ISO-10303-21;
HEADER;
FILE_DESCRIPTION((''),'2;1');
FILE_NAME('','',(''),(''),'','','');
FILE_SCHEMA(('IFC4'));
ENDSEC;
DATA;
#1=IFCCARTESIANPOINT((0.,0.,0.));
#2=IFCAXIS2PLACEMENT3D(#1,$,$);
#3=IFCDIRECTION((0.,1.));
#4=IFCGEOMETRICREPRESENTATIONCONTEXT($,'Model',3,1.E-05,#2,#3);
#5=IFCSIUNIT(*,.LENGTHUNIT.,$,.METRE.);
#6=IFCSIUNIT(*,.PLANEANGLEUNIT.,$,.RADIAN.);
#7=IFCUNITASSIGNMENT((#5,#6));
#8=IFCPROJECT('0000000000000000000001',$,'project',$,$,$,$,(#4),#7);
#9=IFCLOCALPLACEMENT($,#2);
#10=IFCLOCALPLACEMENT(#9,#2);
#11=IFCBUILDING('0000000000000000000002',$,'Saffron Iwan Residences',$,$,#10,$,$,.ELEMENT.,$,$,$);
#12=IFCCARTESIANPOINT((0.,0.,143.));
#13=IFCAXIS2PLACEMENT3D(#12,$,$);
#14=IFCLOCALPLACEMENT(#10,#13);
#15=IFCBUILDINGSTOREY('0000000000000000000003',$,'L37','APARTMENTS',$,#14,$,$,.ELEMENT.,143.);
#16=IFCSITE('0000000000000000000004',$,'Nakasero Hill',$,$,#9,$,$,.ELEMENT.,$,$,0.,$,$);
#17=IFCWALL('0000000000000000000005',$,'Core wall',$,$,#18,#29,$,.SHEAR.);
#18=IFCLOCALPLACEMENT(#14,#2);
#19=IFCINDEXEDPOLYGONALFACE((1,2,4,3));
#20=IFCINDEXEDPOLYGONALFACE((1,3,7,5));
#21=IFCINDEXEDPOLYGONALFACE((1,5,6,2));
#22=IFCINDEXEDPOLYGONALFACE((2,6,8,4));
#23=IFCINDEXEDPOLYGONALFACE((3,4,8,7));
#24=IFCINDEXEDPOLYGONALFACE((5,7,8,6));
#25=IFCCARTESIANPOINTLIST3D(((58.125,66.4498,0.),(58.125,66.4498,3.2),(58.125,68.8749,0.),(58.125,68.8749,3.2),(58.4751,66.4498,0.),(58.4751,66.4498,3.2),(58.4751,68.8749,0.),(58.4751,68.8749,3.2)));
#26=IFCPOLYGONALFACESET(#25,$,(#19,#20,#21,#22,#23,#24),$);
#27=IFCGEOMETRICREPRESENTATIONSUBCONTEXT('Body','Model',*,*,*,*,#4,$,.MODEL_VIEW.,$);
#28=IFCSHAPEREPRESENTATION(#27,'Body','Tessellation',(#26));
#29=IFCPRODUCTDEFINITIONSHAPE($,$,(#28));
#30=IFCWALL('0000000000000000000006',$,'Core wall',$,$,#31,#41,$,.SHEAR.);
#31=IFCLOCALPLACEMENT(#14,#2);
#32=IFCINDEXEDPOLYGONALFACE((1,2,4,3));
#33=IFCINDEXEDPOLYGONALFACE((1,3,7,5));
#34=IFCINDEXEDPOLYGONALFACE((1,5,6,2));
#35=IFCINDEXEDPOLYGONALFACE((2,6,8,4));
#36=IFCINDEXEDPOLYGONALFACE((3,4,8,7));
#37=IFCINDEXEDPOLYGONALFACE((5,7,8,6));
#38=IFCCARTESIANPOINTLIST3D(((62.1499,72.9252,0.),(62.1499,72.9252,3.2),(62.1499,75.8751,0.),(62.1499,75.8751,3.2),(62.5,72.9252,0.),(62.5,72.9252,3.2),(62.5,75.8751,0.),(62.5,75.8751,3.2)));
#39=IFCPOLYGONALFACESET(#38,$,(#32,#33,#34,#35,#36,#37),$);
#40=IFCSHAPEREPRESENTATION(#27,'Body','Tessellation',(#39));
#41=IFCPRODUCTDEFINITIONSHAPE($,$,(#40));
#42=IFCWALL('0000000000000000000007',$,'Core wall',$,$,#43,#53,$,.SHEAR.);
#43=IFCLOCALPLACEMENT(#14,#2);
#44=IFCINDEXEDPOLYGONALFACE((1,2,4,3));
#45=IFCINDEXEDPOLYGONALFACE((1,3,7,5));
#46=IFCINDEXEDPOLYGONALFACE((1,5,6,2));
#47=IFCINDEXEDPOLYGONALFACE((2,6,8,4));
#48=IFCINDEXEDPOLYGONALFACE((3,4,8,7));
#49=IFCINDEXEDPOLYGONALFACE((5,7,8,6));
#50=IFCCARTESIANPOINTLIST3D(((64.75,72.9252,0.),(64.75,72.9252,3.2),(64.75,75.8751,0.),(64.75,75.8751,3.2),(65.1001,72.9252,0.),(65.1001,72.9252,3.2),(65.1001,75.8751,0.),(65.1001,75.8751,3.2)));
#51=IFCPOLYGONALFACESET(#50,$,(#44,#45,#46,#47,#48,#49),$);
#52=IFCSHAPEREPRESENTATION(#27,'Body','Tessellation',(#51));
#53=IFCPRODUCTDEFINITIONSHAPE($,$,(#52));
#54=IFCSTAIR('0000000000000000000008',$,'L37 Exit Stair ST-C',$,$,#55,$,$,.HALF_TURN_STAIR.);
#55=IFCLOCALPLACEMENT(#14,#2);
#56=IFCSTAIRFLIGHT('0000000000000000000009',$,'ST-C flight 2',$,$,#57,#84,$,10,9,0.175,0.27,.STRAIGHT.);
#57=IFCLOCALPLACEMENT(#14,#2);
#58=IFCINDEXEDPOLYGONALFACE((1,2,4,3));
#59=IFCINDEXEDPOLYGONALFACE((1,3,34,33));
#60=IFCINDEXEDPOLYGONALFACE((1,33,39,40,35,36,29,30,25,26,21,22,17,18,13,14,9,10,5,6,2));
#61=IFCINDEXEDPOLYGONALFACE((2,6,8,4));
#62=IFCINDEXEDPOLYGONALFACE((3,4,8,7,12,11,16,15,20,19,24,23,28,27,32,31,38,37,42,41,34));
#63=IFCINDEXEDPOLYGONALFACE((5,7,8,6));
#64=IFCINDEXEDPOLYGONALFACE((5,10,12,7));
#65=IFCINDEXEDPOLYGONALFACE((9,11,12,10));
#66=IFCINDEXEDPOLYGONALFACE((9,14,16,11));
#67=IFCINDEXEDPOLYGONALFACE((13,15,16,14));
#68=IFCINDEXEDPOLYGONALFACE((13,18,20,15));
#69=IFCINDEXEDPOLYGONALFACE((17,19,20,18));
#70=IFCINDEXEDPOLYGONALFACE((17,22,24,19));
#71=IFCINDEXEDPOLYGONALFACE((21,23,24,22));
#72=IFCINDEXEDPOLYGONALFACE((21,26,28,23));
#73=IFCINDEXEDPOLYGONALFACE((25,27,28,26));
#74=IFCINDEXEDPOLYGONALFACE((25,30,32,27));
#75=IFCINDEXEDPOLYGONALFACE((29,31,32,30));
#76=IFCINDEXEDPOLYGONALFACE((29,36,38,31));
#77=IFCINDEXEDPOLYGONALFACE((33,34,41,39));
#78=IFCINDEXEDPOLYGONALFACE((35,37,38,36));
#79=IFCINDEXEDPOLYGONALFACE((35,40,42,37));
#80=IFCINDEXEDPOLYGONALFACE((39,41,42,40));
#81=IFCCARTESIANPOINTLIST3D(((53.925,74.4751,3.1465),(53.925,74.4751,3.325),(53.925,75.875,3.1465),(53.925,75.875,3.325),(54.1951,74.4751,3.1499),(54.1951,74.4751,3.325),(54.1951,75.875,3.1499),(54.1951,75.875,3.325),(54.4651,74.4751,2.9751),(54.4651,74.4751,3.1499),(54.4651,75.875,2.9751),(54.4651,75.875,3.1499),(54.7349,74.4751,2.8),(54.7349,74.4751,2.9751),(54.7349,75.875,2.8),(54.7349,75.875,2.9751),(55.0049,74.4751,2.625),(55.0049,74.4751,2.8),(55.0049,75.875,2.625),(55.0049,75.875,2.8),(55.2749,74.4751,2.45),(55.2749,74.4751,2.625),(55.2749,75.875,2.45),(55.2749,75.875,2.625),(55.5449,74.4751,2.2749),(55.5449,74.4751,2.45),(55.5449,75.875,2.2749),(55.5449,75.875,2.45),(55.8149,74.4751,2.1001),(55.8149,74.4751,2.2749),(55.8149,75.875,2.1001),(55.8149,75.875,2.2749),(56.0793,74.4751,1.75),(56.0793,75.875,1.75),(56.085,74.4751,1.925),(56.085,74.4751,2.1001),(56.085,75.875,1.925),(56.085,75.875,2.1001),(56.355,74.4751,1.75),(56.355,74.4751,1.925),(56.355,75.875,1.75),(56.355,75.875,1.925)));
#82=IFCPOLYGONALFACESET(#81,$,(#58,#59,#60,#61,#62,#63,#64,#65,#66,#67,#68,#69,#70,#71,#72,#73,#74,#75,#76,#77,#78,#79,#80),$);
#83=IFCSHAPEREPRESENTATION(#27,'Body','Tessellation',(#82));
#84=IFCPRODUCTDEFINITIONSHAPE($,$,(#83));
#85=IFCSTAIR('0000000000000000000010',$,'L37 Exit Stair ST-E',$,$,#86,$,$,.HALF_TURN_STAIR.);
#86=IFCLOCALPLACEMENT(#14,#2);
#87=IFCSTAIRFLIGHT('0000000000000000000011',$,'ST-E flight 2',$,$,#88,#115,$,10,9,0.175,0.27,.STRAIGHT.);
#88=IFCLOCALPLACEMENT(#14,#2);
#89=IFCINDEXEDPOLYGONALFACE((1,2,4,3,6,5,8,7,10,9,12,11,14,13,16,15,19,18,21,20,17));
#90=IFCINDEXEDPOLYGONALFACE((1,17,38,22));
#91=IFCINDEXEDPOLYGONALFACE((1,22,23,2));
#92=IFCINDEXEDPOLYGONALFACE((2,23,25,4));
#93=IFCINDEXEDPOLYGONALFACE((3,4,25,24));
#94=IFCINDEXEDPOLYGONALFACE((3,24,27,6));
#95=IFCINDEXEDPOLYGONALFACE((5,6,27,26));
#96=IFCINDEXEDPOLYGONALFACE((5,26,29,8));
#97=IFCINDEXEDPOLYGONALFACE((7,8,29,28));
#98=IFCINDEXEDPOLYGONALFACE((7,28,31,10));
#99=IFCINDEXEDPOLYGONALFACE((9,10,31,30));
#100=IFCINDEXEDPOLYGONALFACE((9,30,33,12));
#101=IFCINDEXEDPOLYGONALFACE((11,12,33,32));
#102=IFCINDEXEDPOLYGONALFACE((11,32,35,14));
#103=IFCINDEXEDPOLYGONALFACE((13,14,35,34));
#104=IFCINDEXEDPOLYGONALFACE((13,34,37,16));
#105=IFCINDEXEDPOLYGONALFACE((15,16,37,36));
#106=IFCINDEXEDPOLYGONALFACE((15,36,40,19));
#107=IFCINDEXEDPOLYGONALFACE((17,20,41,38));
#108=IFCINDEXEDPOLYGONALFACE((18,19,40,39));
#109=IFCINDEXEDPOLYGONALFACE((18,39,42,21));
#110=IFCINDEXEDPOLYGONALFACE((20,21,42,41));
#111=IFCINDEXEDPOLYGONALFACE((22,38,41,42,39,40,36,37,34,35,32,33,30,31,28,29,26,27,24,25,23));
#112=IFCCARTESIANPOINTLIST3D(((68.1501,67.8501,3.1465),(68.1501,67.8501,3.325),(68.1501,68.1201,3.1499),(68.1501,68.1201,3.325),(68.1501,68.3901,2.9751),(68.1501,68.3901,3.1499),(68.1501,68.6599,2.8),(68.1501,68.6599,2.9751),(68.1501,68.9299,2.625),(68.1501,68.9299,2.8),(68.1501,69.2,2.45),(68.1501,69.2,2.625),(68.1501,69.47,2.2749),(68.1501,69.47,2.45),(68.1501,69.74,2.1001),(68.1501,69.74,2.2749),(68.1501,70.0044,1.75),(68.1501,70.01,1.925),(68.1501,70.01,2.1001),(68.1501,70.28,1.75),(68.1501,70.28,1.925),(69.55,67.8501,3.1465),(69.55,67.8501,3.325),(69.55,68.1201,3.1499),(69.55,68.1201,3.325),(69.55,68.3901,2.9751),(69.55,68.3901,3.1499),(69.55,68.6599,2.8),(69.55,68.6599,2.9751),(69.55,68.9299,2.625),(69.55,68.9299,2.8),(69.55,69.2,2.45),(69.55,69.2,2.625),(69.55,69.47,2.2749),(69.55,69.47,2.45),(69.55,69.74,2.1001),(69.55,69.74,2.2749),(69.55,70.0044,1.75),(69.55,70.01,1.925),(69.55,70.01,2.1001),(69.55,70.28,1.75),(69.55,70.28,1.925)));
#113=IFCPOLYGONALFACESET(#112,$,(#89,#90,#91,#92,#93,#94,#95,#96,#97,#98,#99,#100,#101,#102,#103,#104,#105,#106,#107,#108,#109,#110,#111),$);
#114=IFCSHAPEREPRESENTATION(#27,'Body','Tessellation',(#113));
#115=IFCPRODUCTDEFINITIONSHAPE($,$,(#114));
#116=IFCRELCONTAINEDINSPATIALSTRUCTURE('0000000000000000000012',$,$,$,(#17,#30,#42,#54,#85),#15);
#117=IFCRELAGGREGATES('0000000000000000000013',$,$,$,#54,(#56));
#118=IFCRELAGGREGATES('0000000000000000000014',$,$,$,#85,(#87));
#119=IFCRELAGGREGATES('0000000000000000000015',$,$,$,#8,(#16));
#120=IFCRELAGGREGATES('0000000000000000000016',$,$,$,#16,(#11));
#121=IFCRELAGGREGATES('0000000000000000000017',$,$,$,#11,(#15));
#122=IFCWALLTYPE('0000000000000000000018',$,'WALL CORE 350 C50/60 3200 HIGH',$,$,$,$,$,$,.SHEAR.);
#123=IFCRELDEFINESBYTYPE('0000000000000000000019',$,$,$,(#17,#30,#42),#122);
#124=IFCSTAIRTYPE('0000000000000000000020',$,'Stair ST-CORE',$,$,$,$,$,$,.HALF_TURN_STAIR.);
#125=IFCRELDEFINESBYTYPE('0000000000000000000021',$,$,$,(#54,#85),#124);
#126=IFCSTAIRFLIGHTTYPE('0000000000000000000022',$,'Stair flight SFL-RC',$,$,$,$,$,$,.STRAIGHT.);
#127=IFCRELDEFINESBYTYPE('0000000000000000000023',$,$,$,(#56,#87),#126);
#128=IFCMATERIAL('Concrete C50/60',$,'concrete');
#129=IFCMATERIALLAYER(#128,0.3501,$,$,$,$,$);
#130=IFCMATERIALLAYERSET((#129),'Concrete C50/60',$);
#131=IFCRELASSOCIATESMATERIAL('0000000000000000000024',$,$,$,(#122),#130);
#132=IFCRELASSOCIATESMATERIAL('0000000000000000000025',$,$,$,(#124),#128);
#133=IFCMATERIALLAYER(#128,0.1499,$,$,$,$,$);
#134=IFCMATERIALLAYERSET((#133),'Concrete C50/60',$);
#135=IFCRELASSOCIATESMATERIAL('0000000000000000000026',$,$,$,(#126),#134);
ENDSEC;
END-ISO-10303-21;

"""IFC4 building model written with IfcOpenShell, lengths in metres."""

from ifc_helpers import new_model, si_unit, direction, frame, frame_2d, origin, place, context, subcontext, project, spatial, polyline, rectangle, outline, extrude, material, layer, layer_set, type_object, element, aggregate, save


model = new_model("IFC4")

# Units and contexts
model_context = context("Model", 3, precision=1e-05, world=origin(), true_north=direction((0.0, 1.0)))
body_context = subcontext(model_context, "Body", "Model", "MODEL_VIEW")
ifc_project = project(units=[si_unit("LENGTHUNIT", "METRE"), si_unit("PLANEANGLEUNIT", "RADIAN")], contexts=[model_context])

# Site, building, storey
site_placement = place(None, origin())
site = spatial("IfcSite", under=ifc_project, at=site_placement, Name="Nakasero Hill", CompositionType="ELEMENT", RefElevation=0.0)
building_placement = place(site_placement, origin())
building = spatial("IfcBuilding", under=site, at=building_placement, Name="Saffron Iwan Residences", CompositionType="ELEMENT")
storey_placement = place(building_placement, frame((0.0, 0.0, 143.0)))
storey = spatial("IfcBuildingStorey", under=building, at=storey_placement, Name="L37", Description="APARTMENTS", CompositionType="ELEMENT", Elevation=143.0)

# Shared definitions
ifc_material_1 = material(Name="Concrete C50/60", Category="concrete")

# Shared definitions
ifc_layer_1 = layer(ifc_material_1, 0.3501)
ifc_layer_set_1 = layer_set([ifc_layer_1], Name="Concrete C50/60")
wall_type_1 = type_object("IfcWallType", Name="WALL CORE 350 C50/60 3200 HIGH", PredefinedType="SHEAR", material=ifc_layer_set_1)

# Walls
wall_1_placement = place(storey_placement, frame((58.3, 66.45, 0.0), z_axis=(0.0, 0.0, 1.0), x_axis=(0.0, 1.0, 0.0)))
element("IfcWall", 1, at=wall_1_placement, inside=storey, type_object=wall_type_1, Name="Core wall", PredefinedType="SHEAR", context=body_context, shape_type="SweptSolid", body=[
    extrude(rectangle(XDim=2.425, YDim=0.3501, at=frame_2d((1.2124, 0.0))), origin(), (0.0, 0.0, 1.0), 3.2),
])
for number, where, z_axis, x_axis, name in (
    (2, (62.325, 72.925, 0.0), (0.0, 0.0, 1.0), (0.0, 1.0, 0.0), "Core wall"),
    (3, (64.925, 72.925, 0.0), (0.0, 0.0, 1.0), (0.0, 1.0, 0.0), "Core wall"),
):
    element("IfcWall", number, at=place(storey_placement, frame(where, z_axis=z_axis, x_axis=x_axis)), inside=storey, type_object=wall_type_1, Name=name, PredefinedType="SHEAR", context=body_context, shape_type="SweptSolid", body=[
        extrude(rectangle(XDim=2.95, YDim=0.3501, at=frame_2d((1.4751, 0.0))), origin(), (0.0, 0.0, 1.0), 3.2),
    ])

# Stairs, stair flights
stair_type = type_object("IfcStairType", Name="Stair ST-CORE", PredefinedType="HALF_TURN_STAIR", material=ifc_material_1)
stair_1_placement = place(storey_placement, origin())
stair_1 = element("IfcStair", 4, at=stair_1_placement, inside=storey, type_object=stair_type, Name="L37 Exit Stair ST-C", PredefinedType="HALF_TURN_STAIR")
ifc_layer_2 = layer(ifc_material_1, 0.1499)
ifc_layer_set_2 = layer_set([ifc_layer_2], Name="Concrete C50/60")
stair_flight_type = type_object("IfcStairFlightType", Name="Stair flight SFL-RC", PredefinedType="STRAIGHT", material=ifc_layer_set_2)
stair_flight_1_placement = place(storey_placement, frame((56.355, 75.175, 1.75), z_axis=(0.0, 0.0, 1.0), x_axis=(-1.0, 0.0, 0.0)))
stair_flight_1 = element("IfcStairFlight", 5, at=stair_flight_1_placement, type_object=stair_flight_type, Name="ST-C flight 2", NumberOfRisers=10, NumberOfTreads=9, PredefinedType="STRAIGHT", RiserHeight=0.175, TreadLength=0.27, context=body_context, shape_type="SweptSolid", body=[
    extrude(outline(polyline([(0.0, 0.0), (0.0, 0.175), (0.27, 0.175), (0.27, 0.3501), (0.54, 0.3501), (0.54, 0.5249), (0.8101, 0.5249), (0.8101, 0.7), (1.0801, 0.7), (1.0801, 0.875), (1.3501, 0.875), (1.3501, 1.05), (1.6201, 1.05), (1.6201, 1.2251), (1.8899, 1.2251), (1.8899, 1.3999), (2.1599, 1.3999), (2.1599, 1.575), (2.4299, 1.575), (2.4299, 1.75), (2.4299, 1.3965), (0.2756, 0.0), (0.0, 0.0)])), frame((0.0, 0.7, 0.0), z_axis=(0.0, -1.0, 0.0), x_axis=(1.0, 0.0, 0.0)), (0.0, 0.0, 1.0), 1.3999),
])
aggregate(stair_1, [stair_flight_1])
stair_2_placement = place(storey_placement, origin())
stair_2 = element("IfcStair", 6, at=stair_2_placement, inside=storey, type_object=stair_type, Name="L37 Exit Stair ST-E", PredefinedType="HALF_TURN_STAIR")
stair_flight_2_placement = place(storey_placement, frame((68.8501, 70.28, 1.75), z_axis=(0.0, 0.0, 1.0), x_axis=(0.0, -1.0, 0.0)))
stair_flight_2 = element("IfcStairFlight", 7, at=stair_flight_2_placement, type_object=stair_flight_type, Name="ST-E flight 2", NumberOfRisers=10, NumberOfTreads=9, PredefinedType="STRAIGHT", RiserHeight=0.175, TreadLength=0.27, context=body_context, shape_type="SweptSolid", body=[
    extrude(outline(polyline([(0.0, 0.0), (0.0, 0.175), (0.27, 0.175), (0.27, 0.3501), (0.54, 0.3501), (0.54, 0.5249), (0.8101, 0.5249), (0.8101, 0.7), (1.0801, 0.7), (1.0801, 0.875), (1.3501, 0.875), (1.3501, 1.05), (1.6201, 1.05), (1.6201, 1.2251), (1.8899, 1.2251), (1.8899, 1.3999), (2.1599, 1.3999), (2.1599, 1.575), (2.4299, 1.575), (2.4299, 1.75), (2.4299, 1.3965), (0.2756, 0.0), (0.0, 0.0)])), frame((0.0, 0.7, 0.0), z_axis=(0.0, -1.0, 0.0), x_axis=(1.0, 0.0, 0.0)), (0.0, 0.0, 1.0), 1.3999),
])
aggregate(stair_2, [stair_flight_2])

save(model, "model.ifc")
